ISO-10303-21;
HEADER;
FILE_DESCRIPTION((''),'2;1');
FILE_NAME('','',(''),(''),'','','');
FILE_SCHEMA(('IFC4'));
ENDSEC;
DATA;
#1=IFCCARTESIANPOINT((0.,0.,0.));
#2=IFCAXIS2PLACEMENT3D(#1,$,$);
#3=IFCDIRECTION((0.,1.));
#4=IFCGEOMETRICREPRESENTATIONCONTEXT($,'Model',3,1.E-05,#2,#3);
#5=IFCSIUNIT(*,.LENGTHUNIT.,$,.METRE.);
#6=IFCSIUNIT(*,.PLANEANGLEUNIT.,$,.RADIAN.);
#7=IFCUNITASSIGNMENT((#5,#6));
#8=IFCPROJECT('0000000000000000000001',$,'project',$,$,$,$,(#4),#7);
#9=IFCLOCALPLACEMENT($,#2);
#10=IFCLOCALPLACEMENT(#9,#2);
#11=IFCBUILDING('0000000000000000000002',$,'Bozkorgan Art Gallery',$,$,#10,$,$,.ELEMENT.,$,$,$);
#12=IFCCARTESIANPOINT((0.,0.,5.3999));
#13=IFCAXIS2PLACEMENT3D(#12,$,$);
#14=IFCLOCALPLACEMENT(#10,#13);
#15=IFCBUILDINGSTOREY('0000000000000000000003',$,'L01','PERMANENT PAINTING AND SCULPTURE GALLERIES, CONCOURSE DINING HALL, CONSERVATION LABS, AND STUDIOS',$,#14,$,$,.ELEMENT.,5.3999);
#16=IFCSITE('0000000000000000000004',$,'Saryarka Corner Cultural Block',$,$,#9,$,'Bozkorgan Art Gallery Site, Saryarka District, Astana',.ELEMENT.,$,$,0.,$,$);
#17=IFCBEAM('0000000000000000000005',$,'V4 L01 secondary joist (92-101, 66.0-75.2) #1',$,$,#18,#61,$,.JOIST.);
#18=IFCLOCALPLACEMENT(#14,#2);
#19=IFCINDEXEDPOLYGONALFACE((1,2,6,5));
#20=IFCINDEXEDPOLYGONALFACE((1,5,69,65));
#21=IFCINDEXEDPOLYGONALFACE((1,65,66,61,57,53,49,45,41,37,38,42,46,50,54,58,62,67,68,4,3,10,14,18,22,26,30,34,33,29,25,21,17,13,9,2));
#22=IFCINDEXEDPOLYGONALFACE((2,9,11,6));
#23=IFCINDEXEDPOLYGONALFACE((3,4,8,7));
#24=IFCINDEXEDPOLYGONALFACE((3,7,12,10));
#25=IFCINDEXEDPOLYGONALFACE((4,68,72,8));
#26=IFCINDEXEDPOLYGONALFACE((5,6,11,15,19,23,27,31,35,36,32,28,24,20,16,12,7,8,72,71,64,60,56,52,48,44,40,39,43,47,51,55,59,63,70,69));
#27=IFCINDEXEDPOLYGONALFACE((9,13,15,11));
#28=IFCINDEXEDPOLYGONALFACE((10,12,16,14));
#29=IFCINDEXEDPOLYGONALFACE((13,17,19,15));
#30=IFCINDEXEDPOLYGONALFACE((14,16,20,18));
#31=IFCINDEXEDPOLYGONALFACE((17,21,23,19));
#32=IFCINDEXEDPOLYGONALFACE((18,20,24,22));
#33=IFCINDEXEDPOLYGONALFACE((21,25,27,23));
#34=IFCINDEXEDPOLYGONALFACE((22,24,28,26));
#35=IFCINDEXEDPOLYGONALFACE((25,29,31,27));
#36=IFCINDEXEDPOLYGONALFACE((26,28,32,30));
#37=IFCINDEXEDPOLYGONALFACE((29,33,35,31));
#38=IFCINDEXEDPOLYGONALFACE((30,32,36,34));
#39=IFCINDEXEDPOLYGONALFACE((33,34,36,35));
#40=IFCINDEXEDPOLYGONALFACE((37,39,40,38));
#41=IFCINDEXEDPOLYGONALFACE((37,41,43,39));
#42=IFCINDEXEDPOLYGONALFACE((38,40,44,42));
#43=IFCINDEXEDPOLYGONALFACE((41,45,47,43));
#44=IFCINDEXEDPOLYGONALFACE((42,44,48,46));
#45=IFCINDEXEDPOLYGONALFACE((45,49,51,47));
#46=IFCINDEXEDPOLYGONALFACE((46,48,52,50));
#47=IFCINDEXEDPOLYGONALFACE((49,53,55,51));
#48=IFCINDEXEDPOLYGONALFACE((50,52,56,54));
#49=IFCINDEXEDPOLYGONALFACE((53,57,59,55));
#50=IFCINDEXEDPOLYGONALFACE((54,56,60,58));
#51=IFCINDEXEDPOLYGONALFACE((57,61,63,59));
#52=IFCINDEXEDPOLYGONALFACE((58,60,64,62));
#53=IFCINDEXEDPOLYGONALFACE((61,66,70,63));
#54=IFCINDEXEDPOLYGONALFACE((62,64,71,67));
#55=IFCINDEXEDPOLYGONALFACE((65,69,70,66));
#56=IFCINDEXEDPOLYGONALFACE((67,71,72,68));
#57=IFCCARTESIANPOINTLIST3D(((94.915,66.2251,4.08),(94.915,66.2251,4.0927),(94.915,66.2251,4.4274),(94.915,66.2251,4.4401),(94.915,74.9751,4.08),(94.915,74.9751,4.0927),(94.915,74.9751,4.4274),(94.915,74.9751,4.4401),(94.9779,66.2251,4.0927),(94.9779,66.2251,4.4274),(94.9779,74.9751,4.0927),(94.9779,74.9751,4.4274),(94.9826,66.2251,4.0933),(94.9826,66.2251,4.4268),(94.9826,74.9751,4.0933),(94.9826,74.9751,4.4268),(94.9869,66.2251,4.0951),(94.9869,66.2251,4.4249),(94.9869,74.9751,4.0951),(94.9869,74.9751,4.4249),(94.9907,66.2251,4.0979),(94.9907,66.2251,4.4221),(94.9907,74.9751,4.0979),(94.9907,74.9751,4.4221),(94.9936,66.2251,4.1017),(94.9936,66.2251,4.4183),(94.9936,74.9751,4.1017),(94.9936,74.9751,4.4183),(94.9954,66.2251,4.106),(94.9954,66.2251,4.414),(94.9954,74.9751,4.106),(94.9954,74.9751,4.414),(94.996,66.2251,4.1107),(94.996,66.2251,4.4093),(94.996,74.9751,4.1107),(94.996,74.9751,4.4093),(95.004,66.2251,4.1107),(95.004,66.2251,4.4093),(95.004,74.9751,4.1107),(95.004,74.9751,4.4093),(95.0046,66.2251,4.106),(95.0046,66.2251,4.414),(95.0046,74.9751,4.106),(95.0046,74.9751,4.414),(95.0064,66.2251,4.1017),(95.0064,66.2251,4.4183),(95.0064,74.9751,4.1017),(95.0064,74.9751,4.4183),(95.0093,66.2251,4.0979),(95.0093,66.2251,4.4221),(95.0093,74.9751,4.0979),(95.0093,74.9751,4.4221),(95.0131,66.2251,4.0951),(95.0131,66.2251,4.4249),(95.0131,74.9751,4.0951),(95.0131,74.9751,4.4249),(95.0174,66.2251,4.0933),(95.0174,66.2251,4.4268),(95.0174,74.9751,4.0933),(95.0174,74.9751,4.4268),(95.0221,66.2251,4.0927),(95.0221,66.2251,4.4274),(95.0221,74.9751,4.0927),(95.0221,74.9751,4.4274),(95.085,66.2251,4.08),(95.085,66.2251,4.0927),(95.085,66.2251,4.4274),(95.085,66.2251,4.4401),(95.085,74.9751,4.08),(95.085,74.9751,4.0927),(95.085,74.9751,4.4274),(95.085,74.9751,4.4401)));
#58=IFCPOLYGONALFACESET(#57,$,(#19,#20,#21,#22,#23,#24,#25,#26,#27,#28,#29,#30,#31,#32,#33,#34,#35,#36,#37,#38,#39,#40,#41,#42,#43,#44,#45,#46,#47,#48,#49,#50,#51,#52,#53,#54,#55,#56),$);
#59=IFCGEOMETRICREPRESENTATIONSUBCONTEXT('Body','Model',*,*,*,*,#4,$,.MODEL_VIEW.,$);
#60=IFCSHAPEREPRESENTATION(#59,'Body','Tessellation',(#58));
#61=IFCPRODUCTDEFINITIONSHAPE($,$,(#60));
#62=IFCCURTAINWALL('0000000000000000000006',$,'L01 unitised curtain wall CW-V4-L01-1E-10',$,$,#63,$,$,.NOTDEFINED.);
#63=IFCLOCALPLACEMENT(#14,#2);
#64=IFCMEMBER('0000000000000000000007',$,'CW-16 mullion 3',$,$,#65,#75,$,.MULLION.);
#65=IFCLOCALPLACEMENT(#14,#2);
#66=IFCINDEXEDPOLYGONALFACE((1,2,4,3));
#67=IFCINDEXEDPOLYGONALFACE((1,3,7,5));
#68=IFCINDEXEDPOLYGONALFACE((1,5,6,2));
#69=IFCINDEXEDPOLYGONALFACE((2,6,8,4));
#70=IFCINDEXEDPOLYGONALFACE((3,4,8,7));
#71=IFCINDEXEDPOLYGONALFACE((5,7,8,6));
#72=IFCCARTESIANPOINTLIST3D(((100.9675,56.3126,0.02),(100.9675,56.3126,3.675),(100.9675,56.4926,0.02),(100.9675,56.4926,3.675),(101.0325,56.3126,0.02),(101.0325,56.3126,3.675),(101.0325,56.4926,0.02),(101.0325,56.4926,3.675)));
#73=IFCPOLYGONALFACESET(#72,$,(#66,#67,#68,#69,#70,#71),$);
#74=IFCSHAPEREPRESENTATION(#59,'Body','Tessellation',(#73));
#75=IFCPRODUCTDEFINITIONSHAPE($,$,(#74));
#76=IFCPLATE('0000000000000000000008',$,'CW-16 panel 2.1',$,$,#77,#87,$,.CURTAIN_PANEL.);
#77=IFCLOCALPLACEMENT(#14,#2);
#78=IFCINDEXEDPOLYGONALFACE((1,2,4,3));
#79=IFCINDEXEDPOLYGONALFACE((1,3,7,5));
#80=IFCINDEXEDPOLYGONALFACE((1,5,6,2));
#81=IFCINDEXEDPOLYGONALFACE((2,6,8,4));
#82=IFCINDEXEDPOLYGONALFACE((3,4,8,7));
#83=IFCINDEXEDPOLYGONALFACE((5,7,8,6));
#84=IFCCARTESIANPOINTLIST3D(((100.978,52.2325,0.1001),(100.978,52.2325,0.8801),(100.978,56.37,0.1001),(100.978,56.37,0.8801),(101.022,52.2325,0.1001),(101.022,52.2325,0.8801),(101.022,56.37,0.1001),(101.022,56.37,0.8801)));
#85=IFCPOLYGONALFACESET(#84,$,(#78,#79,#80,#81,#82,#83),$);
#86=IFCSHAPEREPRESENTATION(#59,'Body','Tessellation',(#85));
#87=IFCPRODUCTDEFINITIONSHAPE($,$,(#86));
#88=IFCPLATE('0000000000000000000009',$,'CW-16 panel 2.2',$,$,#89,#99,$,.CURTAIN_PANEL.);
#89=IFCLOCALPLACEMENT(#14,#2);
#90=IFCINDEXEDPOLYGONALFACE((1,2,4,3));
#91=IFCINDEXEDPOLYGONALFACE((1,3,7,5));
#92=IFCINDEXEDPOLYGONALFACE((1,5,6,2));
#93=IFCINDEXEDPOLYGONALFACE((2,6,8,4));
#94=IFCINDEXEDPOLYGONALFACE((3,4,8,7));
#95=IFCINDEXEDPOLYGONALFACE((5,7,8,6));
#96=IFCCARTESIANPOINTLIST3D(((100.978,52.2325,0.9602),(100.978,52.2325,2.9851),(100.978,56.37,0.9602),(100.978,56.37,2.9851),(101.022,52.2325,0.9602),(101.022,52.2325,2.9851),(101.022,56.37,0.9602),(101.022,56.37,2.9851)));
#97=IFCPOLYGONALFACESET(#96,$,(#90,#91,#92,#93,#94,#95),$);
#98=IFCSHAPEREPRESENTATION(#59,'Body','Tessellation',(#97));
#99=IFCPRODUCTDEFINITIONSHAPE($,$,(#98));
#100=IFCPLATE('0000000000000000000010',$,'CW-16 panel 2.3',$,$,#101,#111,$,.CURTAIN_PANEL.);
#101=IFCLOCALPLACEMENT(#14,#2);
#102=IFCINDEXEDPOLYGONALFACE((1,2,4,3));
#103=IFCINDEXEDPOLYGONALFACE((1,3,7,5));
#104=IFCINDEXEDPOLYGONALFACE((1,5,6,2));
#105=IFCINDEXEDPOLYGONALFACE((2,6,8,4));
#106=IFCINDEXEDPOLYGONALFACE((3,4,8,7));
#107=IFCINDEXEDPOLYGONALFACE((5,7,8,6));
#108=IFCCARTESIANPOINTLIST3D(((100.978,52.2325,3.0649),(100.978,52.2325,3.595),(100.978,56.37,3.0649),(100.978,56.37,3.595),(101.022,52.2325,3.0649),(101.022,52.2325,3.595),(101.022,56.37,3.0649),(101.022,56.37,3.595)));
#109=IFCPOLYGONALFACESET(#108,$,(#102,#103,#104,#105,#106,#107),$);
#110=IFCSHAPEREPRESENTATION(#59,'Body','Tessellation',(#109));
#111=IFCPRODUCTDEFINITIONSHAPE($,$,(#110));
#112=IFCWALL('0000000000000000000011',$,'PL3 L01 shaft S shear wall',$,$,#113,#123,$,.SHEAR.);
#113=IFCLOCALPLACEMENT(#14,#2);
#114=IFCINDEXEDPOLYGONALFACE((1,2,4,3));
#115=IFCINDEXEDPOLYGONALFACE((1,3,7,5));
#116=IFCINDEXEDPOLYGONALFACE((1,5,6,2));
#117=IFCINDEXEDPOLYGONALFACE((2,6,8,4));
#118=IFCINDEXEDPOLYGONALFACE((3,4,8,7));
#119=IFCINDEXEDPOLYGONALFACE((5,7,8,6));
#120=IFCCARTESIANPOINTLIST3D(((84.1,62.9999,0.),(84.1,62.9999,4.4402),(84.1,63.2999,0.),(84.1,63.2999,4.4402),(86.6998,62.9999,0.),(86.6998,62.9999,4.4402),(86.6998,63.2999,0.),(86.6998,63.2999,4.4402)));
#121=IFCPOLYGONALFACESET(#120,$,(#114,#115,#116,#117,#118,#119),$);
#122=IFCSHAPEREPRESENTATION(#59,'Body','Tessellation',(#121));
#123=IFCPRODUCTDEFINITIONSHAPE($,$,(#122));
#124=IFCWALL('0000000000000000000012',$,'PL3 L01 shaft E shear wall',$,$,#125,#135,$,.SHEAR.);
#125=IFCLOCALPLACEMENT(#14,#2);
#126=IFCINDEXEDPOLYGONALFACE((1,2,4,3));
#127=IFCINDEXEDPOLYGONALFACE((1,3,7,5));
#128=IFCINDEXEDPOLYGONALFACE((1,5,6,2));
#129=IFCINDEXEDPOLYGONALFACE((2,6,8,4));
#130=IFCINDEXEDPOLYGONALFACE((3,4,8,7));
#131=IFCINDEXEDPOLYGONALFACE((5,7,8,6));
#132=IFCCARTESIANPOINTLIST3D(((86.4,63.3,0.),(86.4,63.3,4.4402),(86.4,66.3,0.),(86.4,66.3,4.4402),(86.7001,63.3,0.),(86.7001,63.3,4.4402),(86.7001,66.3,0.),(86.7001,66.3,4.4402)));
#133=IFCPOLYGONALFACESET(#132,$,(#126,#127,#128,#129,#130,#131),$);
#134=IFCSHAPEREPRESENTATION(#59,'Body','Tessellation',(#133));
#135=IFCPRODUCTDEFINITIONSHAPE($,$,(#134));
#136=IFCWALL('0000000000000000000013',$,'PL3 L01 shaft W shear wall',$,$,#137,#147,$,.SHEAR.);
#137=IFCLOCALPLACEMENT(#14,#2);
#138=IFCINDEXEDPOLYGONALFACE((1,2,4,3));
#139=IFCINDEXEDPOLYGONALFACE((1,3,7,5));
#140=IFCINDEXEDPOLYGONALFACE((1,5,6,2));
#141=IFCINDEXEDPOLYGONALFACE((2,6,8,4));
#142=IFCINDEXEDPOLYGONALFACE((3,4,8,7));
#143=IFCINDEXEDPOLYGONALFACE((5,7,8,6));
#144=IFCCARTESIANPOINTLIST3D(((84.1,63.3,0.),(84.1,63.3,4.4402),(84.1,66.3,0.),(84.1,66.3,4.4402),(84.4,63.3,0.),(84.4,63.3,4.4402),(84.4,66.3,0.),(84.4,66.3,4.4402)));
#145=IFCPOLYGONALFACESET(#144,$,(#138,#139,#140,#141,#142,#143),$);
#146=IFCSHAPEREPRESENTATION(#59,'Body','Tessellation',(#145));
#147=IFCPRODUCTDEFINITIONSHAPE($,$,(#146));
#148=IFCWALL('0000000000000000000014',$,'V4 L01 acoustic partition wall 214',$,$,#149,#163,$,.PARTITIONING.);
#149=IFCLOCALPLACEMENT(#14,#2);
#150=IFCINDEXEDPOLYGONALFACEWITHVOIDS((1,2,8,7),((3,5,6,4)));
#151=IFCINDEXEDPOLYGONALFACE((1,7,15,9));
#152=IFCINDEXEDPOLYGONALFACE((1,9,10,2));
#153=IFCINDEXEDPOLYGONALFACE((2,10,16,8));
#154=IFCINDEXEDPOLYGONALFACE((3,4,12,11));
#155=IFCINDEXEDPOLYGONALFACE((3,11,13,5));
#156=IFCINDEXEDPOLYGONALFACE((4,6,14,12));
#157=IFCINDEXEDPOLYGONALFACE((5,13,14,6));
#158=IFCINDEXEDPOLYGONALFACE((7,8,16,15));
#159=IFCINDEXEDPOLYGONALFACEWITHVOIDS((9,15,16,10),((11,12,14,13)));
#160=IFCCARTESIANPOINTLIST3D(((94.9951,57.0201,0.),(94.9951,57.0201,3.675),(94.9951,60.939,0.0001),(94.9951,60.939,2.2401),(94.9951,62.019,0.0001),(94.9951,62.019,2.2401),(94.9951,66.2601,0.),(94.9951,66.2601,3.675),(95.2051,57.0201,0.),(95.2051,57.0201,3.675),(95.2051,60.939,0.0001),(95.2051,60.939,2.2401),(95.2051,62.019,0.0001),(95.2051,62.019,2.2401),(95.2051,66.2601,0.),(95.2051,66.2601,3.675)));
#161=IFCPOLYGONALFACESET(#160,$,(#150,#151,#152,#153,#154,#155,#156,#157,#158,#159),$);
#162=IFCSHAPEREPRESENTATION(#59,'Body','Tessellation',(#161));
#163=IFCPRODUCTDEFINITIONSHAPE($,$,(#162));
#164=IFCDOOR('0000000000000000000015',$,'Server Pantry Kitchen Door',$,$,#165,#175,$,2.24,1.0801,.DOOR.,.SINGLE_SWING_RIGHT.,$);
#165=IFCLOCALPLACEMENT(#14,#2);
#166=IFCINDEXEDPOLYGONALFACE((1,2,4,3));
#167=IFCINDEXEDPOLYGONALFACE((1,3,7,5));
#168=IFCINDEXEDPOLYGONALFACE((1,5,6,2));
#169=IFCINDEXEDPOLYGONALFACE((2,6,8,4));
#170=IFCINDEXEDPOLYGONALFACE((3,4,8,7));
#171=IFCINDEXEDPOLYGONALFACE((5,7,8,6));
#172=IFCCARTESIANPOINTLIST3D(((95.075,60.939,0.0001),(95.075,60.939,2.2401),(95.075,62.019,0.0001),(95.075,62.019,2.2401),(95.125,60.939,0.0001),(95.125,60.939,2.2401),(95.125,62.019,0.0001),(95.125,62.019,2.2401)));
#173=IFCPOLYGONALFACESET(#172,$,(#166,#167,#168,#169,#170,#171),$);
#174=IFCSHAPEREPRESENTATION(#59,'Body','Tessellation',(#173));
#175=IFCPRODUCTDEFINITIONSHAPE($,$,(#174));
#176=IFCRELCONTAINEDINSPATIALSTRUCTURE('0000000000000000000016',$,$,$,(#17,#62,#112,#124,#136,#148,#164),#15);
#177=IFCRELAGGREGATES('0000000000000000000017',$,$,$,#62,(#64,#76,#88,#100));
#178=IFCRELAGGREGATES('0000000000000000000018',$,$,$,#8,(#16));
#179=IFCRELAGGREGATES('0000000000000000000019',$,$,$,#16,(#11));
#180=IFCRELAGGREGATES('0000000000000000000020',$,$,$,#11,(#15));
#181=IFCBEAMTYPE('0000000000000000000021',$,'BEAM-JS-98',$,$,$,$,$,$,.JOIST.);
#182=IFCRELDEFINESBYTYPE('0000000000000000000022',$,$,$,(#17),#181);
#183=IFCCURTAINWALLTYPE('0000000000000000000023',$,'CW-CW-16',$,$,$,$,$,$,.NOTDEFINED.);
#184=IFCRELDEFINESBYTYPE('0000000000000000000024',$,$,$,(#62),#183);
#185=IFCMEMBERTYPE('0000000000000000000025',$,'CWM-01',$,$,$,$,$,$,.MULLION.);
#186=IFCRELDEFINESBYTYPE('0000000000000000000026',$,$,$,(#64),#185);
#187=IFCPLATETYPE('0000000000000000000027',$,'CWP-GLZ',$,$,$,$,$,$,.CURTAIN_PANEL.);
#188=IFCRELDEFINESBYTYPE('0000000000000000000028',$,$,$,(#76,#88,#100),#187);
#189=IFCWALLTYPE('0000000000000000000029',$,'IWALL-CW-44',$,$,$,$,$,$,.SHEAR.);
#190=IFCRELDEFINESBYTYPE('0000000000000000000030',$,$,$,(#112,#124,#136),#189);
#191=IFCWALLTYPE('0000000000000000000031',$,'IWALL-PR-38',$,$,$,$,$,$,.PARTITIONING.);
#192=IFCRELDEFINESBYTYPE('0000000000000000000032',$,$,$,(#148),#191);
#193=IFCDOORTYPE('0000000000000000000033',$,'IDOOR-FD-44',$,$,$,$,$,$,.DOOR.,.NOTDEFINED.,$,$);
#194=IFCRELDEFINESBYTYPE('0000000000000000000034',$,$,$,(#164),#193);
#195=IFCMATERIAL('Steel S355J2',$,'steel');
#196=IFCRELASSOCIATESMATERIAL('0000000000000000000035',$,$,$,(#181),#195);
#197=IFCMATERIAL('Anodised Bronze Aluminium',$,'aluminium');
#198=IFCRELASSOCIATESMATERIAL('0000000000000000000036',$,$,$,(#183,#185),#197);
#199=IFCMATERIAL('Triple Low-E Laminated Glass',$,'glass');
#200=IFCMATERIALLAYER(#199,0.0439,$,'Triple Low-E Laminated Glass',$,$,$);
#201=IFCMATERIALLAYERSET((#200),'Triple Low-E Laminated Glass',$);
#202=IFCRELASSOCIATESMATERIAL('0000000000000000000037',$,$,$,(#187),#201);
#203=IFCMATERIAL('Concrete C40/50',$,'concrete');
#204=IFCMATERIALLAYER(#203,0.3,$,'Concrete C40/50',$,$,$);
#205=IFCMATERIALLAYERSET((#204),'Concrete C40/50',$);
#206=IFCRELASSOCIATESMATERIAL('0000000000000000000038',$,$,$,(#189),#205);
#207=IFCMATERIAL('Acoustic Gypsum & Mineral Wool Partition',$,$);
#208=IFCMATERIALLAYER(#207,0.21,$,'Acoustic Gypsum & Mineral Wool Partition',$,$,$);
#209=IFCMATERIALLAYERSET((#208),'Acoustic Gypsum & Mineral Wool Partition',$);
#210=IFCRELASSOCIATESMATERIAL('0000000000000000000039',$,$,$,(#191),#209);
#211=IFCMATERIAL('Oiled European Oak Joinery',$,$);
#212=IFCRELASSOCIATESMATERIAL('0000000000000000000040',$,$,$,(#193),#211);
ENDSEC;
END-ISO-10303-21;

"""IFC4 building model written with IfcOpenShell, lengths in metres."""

from ifc_helpers import new_model, si_unit, direction, frame, frame_2d, origin, origin_2d, place, context, subcontext, project, spatial, rectangle, i_section, extrude, material, layer, layer_set, material_profile, profile_set, type_object, element, fill, aggregate, save


model = new_model("IFC4")

# Units and contexts
model_context = context("Model", 3, precision=1e-05, world=origin(), true_north=direction((0.0, 1.0)))
body_context = subcontext(model_context, "Body", "Model", "MODEL_VIEW")
ifc_project = project(units=[si_unit("LENGTHUNIT", "METRE"), si_unit("PLANEANGLEUNIT", "RADIAN")], contexts=[model_context])

# Site, building, storey
site_placement = place(None, origin())
site = spatial("IfcSite", under=ifc_project, at=site_placement, Name="Saryarka Corner Cultural Block", LongName="Bozkorgan Art Gallery Site, Saryarka District, Astana", CompositionType="ELEMENT", RefElevation=0.0)
building_placement = place(site_placement, origin())
building = spatial("IfcBuilding", under=site, at=building_placement, Name="Bozkorgan Art Gallery", CompositionType="ELEMENT")
storey_placement = place(building_placement, frame((0.0, 0.0, 5.3999)))
storey = spatial("IfcBuildingStorey", under=building, at=storey_placement, Name="L01", Description="PERMANENT PAINTING AND SCULPTURE GALLERIES, CONCOURSE DINING HALL, CONSERVATION LABS, AND STUDIOS", CompositionType="ELEMENT", Elevation=5.3999)

# Shared definitions
ifc_material_1 = material(Name="Concrete C40/50", Category="concrete")

# Beam
ifc_material_2 = material(Name="Steel S355J2", Category="steel")
ifc_material_profile_1 = material_profile(ifc_material_2, i_section(OverallWidth=0.1699, OverallDepth=0.3601, WebThickness=0.0081, FlangeThickness=0.0127, FilletRadius=0.0181, at=origin_2d()), Name="IPE 360")
ifc_profile_set_1 = profile_set([ifc_material_profile_1], Name="Steel S355J2")
beam_type_1 = type_object("IfcBeamType", Name="BEAM-JS-98", PredefinedType="JOIST", material=ifc_profile_set_1)
for number, where, z_axis, x_axis, name in (
    (1, (95.0, 66.2251, 4.26), (0.0, 1.0, 0.0), (-1.0, 0.0, 0.0), "V4 L01 secondary joist (92-101, 66.0-75.2) #1"),
):
    element("IfcBeam", number, at=place(storey_placement, frame(where, z_axis=z_axis, x_axis=x_axis)), inside=storey, type_object=beam_type_1, Name=name, PredefinedType="JOIST", context=body_context, shape_type="SweptSolid", body=[
        extrude(i_section(OverallWidth=0.1699, OverallDepth=0.3601, WebThickness=0.0081, FlangeThickness=0.0127, FilletRadius=0.0181, at=origin_2d()), origin(), (0.0, 0.0, 1.0), 8.75),
    ])

# Curtain wall, member, plates
ifc_material_3 = material(Name="Anodised Bronze Aluminium", Category="aluminium")
curtain_wall_type = type_object("IfcCurtainWallType", Name="CW-CW-16", PredefinedType="NOTDEFINED", material=ifc_material_3)
curtain_wall_placement = place(storey_placement, origin())
curtain_wall = element("IfcCurtainWall", 2, at=curtain_wall_placement, inside=storey, type_object=curtain_wall_type, Name="L01 unitised curtain wall CW-V4-L01-1E-10", PredefinedType="NOTDEFINED")
ifc_material_profile_2 = material_profile(ifc_material_3, rectangle(XDim=0.0649, YDim=0.1799, at=origin_2d()), Name="ALU MULLION 65x180")
ifc_profile_set_2 = profile_set([ifc_material_profile_2], Name="Anodised Bronze Aluminium")
member_type = type_object("IfcMemberType", Name="CWM-01", PredefinedType="MULLION", material=ifc_profile_set_2)
member_placement = place(storey_placement, frame((101.0, 56.4026, 0.02), z_axis=(0.0, 0.0, 1.0), x_axis=(-1.0, 0.0, 0.0)))
member = element("IfcMember", 3, at=member_placement, type_object=member_type, Name="CW-16 mullion 3", PredefinedType="MULLION", context=body_context, shape_type="SweptSolid", body=[
    extrude(rectangle(XDim=0.0649, YDim=0.1799, at=origin_2d()), origin(), (0.0, 0.0, 1.0), 3.655),
])
ifc_material_4 = material(Name="Triple Low-E Laminated Glass", Category="glass")
ifc_layer_1 = layer(ifc_material_4, 0.0439, Name="Triple Low-E Laminated Glass")
ifc_layer_set_1 = layer_set([ifc_layer_1], Name="Triple Low-E Laminated Glass")
plate_type = type_object("IfcPlateType", Name="CWP-GLZ", PredefinedType="CURTAIN_PANEL", material=ifc_layer_set_1)
plate_1_placement = place(storey_placement, frame((101.0, 54.3013, 0.1001), z_axis=(0.0, 0.0, 1.0), x_axis=(0.0, 1.0, 0.0)))
plate_1 = element("IfcPlate", 4, at=plate_1_placement, type_object=plate_type, Name="CW-16 panel 2.1", PredefinedType="CURTAIN_PANEL", context=body_context, shape_type="SweptSolid", body=[
    extrude(rectangle(XDim=4.1375, YDim=0.0439, at=origin_2d()), origin(), (0.0, 0.0, 1.0), 0.78),
])
plate_2_placement = place(storey_placement, frame((101.0, 54.3013, 0.9602), z_axis=(0.0, 0.0, 1.0), x_axis=(0.0, 1.0, 0.0)))
plate_2 = element("IfcPlate", 5, at=plate_2_placement, type_object=plate_type, Name="CW-16 panel 2.2", PredefinedType="CURTAIN_PANEL", context=body_context, shape_type="SweptSolid", body=[
    extrude(rectangle(XDim=4.1375, YDim=0.0439, at=origin_2d()), origin(), (0.0, 0.0, 1.0), 2.0249),
])
plate_3_placement = place(storey_placement, frame((101.0, 54.3013, 3.0649), z_axis=(0.0, 0.0, 1.0), x_axis=(0.0, 1.0, 0.0)))
plate_3 = element("IfcPlate", 6, at=plate_3_placement, type_object=plate_type, Name="CW-16 panel 2.3", PredefinedType="CURTAIN_PANEL", context=body_context, shape_type="SweptSolid", body=[
    extrude(rectangle(XDim=4.1375, YDim=0.0439, at=origin_2d()), origin(), (0.0, 0.0, 1.0), 0.53),
])
aggregate(curtain_wall, [member, plate_1, plate_2, plate_3])

# Walls
ifc_layer_2 = layer(ifc_material_1, 0.3, Name="Concrete C40/50")
ifc_layer_set_2 = layer_set([ifc_layer_2], Name="Concrete C40/50")
wall_type_1 = type_object("IfcWallType", Name="IWALL-CW-44", PredefinedType="SHEAR", material=ifc_layer_set_2)
wall_1_placement = place(storey_placement, frame((84.1001, 63.1499, 0.0), z_axis=(0.0, 0.0, 1.0), x_axis=(1.0, 0.0, 0.0)))
element("IfcWall", 7, at=wall_1_placement, inside=storey, type_object=wall_type_1, Name="PL3 L01 shaft S shear wall", PredefinedType="SHEAR", context=body_context, shape_type="SweptSolid", body=[
    extrude(rectangle(XDim=2.5999, YDim=0.3, at=frame_2d((1.2998, 0.0))), origin(), (0.0, 0.0, 1.0), 4.4402),
])
for number, where, z_axis, x_axis, name in (
    (8, (86.55, 63.3, 0.0), (0.0, 0.0, 1.0), (0.0, 1.0, 0.0), "PL3 L01 shaft E shear wall"),
    (9, (84.25, 63.3, 0.0), (0.0, 0.0, 1.0), (0.0, 1.0, 0.0), "PL3 L01 shaft W shear wall"),
):
    element("IfcWall", number, at=place(storey_placement, frame(where, z_axis=z_axis, x_axis=x_axis)), inside=storey, type_object=wall_type_1, Name=name, PredefinedType="SHEAR", context=body_context, shape_type="SweptSolid", body=[
        extrude(rectangle(XDim=3.0, YDim=0.3, at=frame_2d((1.5, 0.0))), origin(), (0.0, 0.0, 1.0), 4.4402),
    ])

# Wall, opening, door
ifc_material_5 = material(Name="Acoustic Gypsum & Mineral Wool Partition")
ifc_layer_3 = layer(ifc_material_5, 0.21, Name="Acoustic Gypsum & Mineral Wool Partition")
ifc_layer_set_3 = layer_set([ifc_layer_3], Name="Acoustic Gypsum & Mineral Wool Partition")
wall_type_2 = type_object("IfcWallType", Name="IWALL-PR-38", PredefinedType="PARTITIONING", material=ifc_layer_set_3)
wall_2_placement = place(storey_placement, frame((95.1001, 57.02, 0.0), z_axis=(0.0, 0.0, 1.0), x_axis=(0.0, 1.0, 0.0)))
wall_2 = element("IfcWall", 10, at=wall_2_placement, inside=storey, type_object=wall_type_2, Name="V4 L01 acoustic partition wall 214", PredefinedType="PARTITIONING", context=body_context, shape_type="SweptSolid", body=[
    extrude(rectangle(XDim=9.24, YDim=0.21, at=frame_2d((4.6201, 0.0))), origin(), (0.0, 0.0, 1.0), 3.675),
])
opening_1_placement = place(wall_2_placement, frame((4.999, 0.0, 0.0), z_axis=(0.0, 0.0, 1.0), x_axis=(-1.0, 0.0, 0.0)))
opening_1 = element("IfcOpeningElement", 11, at=opening_1_placement, cuts=wall_2, PredefinedType="OPENING", context=body_context, shape_type="SweptSolid", body=[
    extrude(rectangle(XDim=1.0801, YDim=2.24, at=frame_2d((0.54, 1.1201))), frame((0.0, 0.115, 0.0), z_axis=(0.0, -1.0, 0.0), x_axis=(1.0, 0.0, 0.0)), (0.0, 0.0, 1.0), 0.23),
])
ifc_material_6 = material(Name="Oiled European Oak Joinery")
door_type_1 = type_object("IfcDoorType", Name="IDOOR-FD-44", OperationType="NOTDEFINED", PredefinedType="DOOR", material=ifc_material_6)
door_1_placement = place(opening_1_placement, origin())
door_1 = element("IfcDoor", 12, at=door_1_placement, inside=storey, type_object=door_type_1, Name="Server Pantry Kitchen Door", OperationType="SINGLE_SWING_RIGHT", OverallHeight=2.24, OverallWidth=1.0801, PredefinedType="DOOR", context=body_context, shape_type="SweptSolid", body=[
    extrude(rectangle(XDim=1.0801, YDim=2.24, at=frame_2d((0.54, 1.1201))), frame((0.0, 0.0249, 0.0), z_axis=(0.0, -1.0, 0.0), x_axis=(1.0, 0.0, 0.0)), (0.0, 0.0, 1.0), 0.05),
])
fill(opening_1, door_1)

save(model, "model.ifc")
